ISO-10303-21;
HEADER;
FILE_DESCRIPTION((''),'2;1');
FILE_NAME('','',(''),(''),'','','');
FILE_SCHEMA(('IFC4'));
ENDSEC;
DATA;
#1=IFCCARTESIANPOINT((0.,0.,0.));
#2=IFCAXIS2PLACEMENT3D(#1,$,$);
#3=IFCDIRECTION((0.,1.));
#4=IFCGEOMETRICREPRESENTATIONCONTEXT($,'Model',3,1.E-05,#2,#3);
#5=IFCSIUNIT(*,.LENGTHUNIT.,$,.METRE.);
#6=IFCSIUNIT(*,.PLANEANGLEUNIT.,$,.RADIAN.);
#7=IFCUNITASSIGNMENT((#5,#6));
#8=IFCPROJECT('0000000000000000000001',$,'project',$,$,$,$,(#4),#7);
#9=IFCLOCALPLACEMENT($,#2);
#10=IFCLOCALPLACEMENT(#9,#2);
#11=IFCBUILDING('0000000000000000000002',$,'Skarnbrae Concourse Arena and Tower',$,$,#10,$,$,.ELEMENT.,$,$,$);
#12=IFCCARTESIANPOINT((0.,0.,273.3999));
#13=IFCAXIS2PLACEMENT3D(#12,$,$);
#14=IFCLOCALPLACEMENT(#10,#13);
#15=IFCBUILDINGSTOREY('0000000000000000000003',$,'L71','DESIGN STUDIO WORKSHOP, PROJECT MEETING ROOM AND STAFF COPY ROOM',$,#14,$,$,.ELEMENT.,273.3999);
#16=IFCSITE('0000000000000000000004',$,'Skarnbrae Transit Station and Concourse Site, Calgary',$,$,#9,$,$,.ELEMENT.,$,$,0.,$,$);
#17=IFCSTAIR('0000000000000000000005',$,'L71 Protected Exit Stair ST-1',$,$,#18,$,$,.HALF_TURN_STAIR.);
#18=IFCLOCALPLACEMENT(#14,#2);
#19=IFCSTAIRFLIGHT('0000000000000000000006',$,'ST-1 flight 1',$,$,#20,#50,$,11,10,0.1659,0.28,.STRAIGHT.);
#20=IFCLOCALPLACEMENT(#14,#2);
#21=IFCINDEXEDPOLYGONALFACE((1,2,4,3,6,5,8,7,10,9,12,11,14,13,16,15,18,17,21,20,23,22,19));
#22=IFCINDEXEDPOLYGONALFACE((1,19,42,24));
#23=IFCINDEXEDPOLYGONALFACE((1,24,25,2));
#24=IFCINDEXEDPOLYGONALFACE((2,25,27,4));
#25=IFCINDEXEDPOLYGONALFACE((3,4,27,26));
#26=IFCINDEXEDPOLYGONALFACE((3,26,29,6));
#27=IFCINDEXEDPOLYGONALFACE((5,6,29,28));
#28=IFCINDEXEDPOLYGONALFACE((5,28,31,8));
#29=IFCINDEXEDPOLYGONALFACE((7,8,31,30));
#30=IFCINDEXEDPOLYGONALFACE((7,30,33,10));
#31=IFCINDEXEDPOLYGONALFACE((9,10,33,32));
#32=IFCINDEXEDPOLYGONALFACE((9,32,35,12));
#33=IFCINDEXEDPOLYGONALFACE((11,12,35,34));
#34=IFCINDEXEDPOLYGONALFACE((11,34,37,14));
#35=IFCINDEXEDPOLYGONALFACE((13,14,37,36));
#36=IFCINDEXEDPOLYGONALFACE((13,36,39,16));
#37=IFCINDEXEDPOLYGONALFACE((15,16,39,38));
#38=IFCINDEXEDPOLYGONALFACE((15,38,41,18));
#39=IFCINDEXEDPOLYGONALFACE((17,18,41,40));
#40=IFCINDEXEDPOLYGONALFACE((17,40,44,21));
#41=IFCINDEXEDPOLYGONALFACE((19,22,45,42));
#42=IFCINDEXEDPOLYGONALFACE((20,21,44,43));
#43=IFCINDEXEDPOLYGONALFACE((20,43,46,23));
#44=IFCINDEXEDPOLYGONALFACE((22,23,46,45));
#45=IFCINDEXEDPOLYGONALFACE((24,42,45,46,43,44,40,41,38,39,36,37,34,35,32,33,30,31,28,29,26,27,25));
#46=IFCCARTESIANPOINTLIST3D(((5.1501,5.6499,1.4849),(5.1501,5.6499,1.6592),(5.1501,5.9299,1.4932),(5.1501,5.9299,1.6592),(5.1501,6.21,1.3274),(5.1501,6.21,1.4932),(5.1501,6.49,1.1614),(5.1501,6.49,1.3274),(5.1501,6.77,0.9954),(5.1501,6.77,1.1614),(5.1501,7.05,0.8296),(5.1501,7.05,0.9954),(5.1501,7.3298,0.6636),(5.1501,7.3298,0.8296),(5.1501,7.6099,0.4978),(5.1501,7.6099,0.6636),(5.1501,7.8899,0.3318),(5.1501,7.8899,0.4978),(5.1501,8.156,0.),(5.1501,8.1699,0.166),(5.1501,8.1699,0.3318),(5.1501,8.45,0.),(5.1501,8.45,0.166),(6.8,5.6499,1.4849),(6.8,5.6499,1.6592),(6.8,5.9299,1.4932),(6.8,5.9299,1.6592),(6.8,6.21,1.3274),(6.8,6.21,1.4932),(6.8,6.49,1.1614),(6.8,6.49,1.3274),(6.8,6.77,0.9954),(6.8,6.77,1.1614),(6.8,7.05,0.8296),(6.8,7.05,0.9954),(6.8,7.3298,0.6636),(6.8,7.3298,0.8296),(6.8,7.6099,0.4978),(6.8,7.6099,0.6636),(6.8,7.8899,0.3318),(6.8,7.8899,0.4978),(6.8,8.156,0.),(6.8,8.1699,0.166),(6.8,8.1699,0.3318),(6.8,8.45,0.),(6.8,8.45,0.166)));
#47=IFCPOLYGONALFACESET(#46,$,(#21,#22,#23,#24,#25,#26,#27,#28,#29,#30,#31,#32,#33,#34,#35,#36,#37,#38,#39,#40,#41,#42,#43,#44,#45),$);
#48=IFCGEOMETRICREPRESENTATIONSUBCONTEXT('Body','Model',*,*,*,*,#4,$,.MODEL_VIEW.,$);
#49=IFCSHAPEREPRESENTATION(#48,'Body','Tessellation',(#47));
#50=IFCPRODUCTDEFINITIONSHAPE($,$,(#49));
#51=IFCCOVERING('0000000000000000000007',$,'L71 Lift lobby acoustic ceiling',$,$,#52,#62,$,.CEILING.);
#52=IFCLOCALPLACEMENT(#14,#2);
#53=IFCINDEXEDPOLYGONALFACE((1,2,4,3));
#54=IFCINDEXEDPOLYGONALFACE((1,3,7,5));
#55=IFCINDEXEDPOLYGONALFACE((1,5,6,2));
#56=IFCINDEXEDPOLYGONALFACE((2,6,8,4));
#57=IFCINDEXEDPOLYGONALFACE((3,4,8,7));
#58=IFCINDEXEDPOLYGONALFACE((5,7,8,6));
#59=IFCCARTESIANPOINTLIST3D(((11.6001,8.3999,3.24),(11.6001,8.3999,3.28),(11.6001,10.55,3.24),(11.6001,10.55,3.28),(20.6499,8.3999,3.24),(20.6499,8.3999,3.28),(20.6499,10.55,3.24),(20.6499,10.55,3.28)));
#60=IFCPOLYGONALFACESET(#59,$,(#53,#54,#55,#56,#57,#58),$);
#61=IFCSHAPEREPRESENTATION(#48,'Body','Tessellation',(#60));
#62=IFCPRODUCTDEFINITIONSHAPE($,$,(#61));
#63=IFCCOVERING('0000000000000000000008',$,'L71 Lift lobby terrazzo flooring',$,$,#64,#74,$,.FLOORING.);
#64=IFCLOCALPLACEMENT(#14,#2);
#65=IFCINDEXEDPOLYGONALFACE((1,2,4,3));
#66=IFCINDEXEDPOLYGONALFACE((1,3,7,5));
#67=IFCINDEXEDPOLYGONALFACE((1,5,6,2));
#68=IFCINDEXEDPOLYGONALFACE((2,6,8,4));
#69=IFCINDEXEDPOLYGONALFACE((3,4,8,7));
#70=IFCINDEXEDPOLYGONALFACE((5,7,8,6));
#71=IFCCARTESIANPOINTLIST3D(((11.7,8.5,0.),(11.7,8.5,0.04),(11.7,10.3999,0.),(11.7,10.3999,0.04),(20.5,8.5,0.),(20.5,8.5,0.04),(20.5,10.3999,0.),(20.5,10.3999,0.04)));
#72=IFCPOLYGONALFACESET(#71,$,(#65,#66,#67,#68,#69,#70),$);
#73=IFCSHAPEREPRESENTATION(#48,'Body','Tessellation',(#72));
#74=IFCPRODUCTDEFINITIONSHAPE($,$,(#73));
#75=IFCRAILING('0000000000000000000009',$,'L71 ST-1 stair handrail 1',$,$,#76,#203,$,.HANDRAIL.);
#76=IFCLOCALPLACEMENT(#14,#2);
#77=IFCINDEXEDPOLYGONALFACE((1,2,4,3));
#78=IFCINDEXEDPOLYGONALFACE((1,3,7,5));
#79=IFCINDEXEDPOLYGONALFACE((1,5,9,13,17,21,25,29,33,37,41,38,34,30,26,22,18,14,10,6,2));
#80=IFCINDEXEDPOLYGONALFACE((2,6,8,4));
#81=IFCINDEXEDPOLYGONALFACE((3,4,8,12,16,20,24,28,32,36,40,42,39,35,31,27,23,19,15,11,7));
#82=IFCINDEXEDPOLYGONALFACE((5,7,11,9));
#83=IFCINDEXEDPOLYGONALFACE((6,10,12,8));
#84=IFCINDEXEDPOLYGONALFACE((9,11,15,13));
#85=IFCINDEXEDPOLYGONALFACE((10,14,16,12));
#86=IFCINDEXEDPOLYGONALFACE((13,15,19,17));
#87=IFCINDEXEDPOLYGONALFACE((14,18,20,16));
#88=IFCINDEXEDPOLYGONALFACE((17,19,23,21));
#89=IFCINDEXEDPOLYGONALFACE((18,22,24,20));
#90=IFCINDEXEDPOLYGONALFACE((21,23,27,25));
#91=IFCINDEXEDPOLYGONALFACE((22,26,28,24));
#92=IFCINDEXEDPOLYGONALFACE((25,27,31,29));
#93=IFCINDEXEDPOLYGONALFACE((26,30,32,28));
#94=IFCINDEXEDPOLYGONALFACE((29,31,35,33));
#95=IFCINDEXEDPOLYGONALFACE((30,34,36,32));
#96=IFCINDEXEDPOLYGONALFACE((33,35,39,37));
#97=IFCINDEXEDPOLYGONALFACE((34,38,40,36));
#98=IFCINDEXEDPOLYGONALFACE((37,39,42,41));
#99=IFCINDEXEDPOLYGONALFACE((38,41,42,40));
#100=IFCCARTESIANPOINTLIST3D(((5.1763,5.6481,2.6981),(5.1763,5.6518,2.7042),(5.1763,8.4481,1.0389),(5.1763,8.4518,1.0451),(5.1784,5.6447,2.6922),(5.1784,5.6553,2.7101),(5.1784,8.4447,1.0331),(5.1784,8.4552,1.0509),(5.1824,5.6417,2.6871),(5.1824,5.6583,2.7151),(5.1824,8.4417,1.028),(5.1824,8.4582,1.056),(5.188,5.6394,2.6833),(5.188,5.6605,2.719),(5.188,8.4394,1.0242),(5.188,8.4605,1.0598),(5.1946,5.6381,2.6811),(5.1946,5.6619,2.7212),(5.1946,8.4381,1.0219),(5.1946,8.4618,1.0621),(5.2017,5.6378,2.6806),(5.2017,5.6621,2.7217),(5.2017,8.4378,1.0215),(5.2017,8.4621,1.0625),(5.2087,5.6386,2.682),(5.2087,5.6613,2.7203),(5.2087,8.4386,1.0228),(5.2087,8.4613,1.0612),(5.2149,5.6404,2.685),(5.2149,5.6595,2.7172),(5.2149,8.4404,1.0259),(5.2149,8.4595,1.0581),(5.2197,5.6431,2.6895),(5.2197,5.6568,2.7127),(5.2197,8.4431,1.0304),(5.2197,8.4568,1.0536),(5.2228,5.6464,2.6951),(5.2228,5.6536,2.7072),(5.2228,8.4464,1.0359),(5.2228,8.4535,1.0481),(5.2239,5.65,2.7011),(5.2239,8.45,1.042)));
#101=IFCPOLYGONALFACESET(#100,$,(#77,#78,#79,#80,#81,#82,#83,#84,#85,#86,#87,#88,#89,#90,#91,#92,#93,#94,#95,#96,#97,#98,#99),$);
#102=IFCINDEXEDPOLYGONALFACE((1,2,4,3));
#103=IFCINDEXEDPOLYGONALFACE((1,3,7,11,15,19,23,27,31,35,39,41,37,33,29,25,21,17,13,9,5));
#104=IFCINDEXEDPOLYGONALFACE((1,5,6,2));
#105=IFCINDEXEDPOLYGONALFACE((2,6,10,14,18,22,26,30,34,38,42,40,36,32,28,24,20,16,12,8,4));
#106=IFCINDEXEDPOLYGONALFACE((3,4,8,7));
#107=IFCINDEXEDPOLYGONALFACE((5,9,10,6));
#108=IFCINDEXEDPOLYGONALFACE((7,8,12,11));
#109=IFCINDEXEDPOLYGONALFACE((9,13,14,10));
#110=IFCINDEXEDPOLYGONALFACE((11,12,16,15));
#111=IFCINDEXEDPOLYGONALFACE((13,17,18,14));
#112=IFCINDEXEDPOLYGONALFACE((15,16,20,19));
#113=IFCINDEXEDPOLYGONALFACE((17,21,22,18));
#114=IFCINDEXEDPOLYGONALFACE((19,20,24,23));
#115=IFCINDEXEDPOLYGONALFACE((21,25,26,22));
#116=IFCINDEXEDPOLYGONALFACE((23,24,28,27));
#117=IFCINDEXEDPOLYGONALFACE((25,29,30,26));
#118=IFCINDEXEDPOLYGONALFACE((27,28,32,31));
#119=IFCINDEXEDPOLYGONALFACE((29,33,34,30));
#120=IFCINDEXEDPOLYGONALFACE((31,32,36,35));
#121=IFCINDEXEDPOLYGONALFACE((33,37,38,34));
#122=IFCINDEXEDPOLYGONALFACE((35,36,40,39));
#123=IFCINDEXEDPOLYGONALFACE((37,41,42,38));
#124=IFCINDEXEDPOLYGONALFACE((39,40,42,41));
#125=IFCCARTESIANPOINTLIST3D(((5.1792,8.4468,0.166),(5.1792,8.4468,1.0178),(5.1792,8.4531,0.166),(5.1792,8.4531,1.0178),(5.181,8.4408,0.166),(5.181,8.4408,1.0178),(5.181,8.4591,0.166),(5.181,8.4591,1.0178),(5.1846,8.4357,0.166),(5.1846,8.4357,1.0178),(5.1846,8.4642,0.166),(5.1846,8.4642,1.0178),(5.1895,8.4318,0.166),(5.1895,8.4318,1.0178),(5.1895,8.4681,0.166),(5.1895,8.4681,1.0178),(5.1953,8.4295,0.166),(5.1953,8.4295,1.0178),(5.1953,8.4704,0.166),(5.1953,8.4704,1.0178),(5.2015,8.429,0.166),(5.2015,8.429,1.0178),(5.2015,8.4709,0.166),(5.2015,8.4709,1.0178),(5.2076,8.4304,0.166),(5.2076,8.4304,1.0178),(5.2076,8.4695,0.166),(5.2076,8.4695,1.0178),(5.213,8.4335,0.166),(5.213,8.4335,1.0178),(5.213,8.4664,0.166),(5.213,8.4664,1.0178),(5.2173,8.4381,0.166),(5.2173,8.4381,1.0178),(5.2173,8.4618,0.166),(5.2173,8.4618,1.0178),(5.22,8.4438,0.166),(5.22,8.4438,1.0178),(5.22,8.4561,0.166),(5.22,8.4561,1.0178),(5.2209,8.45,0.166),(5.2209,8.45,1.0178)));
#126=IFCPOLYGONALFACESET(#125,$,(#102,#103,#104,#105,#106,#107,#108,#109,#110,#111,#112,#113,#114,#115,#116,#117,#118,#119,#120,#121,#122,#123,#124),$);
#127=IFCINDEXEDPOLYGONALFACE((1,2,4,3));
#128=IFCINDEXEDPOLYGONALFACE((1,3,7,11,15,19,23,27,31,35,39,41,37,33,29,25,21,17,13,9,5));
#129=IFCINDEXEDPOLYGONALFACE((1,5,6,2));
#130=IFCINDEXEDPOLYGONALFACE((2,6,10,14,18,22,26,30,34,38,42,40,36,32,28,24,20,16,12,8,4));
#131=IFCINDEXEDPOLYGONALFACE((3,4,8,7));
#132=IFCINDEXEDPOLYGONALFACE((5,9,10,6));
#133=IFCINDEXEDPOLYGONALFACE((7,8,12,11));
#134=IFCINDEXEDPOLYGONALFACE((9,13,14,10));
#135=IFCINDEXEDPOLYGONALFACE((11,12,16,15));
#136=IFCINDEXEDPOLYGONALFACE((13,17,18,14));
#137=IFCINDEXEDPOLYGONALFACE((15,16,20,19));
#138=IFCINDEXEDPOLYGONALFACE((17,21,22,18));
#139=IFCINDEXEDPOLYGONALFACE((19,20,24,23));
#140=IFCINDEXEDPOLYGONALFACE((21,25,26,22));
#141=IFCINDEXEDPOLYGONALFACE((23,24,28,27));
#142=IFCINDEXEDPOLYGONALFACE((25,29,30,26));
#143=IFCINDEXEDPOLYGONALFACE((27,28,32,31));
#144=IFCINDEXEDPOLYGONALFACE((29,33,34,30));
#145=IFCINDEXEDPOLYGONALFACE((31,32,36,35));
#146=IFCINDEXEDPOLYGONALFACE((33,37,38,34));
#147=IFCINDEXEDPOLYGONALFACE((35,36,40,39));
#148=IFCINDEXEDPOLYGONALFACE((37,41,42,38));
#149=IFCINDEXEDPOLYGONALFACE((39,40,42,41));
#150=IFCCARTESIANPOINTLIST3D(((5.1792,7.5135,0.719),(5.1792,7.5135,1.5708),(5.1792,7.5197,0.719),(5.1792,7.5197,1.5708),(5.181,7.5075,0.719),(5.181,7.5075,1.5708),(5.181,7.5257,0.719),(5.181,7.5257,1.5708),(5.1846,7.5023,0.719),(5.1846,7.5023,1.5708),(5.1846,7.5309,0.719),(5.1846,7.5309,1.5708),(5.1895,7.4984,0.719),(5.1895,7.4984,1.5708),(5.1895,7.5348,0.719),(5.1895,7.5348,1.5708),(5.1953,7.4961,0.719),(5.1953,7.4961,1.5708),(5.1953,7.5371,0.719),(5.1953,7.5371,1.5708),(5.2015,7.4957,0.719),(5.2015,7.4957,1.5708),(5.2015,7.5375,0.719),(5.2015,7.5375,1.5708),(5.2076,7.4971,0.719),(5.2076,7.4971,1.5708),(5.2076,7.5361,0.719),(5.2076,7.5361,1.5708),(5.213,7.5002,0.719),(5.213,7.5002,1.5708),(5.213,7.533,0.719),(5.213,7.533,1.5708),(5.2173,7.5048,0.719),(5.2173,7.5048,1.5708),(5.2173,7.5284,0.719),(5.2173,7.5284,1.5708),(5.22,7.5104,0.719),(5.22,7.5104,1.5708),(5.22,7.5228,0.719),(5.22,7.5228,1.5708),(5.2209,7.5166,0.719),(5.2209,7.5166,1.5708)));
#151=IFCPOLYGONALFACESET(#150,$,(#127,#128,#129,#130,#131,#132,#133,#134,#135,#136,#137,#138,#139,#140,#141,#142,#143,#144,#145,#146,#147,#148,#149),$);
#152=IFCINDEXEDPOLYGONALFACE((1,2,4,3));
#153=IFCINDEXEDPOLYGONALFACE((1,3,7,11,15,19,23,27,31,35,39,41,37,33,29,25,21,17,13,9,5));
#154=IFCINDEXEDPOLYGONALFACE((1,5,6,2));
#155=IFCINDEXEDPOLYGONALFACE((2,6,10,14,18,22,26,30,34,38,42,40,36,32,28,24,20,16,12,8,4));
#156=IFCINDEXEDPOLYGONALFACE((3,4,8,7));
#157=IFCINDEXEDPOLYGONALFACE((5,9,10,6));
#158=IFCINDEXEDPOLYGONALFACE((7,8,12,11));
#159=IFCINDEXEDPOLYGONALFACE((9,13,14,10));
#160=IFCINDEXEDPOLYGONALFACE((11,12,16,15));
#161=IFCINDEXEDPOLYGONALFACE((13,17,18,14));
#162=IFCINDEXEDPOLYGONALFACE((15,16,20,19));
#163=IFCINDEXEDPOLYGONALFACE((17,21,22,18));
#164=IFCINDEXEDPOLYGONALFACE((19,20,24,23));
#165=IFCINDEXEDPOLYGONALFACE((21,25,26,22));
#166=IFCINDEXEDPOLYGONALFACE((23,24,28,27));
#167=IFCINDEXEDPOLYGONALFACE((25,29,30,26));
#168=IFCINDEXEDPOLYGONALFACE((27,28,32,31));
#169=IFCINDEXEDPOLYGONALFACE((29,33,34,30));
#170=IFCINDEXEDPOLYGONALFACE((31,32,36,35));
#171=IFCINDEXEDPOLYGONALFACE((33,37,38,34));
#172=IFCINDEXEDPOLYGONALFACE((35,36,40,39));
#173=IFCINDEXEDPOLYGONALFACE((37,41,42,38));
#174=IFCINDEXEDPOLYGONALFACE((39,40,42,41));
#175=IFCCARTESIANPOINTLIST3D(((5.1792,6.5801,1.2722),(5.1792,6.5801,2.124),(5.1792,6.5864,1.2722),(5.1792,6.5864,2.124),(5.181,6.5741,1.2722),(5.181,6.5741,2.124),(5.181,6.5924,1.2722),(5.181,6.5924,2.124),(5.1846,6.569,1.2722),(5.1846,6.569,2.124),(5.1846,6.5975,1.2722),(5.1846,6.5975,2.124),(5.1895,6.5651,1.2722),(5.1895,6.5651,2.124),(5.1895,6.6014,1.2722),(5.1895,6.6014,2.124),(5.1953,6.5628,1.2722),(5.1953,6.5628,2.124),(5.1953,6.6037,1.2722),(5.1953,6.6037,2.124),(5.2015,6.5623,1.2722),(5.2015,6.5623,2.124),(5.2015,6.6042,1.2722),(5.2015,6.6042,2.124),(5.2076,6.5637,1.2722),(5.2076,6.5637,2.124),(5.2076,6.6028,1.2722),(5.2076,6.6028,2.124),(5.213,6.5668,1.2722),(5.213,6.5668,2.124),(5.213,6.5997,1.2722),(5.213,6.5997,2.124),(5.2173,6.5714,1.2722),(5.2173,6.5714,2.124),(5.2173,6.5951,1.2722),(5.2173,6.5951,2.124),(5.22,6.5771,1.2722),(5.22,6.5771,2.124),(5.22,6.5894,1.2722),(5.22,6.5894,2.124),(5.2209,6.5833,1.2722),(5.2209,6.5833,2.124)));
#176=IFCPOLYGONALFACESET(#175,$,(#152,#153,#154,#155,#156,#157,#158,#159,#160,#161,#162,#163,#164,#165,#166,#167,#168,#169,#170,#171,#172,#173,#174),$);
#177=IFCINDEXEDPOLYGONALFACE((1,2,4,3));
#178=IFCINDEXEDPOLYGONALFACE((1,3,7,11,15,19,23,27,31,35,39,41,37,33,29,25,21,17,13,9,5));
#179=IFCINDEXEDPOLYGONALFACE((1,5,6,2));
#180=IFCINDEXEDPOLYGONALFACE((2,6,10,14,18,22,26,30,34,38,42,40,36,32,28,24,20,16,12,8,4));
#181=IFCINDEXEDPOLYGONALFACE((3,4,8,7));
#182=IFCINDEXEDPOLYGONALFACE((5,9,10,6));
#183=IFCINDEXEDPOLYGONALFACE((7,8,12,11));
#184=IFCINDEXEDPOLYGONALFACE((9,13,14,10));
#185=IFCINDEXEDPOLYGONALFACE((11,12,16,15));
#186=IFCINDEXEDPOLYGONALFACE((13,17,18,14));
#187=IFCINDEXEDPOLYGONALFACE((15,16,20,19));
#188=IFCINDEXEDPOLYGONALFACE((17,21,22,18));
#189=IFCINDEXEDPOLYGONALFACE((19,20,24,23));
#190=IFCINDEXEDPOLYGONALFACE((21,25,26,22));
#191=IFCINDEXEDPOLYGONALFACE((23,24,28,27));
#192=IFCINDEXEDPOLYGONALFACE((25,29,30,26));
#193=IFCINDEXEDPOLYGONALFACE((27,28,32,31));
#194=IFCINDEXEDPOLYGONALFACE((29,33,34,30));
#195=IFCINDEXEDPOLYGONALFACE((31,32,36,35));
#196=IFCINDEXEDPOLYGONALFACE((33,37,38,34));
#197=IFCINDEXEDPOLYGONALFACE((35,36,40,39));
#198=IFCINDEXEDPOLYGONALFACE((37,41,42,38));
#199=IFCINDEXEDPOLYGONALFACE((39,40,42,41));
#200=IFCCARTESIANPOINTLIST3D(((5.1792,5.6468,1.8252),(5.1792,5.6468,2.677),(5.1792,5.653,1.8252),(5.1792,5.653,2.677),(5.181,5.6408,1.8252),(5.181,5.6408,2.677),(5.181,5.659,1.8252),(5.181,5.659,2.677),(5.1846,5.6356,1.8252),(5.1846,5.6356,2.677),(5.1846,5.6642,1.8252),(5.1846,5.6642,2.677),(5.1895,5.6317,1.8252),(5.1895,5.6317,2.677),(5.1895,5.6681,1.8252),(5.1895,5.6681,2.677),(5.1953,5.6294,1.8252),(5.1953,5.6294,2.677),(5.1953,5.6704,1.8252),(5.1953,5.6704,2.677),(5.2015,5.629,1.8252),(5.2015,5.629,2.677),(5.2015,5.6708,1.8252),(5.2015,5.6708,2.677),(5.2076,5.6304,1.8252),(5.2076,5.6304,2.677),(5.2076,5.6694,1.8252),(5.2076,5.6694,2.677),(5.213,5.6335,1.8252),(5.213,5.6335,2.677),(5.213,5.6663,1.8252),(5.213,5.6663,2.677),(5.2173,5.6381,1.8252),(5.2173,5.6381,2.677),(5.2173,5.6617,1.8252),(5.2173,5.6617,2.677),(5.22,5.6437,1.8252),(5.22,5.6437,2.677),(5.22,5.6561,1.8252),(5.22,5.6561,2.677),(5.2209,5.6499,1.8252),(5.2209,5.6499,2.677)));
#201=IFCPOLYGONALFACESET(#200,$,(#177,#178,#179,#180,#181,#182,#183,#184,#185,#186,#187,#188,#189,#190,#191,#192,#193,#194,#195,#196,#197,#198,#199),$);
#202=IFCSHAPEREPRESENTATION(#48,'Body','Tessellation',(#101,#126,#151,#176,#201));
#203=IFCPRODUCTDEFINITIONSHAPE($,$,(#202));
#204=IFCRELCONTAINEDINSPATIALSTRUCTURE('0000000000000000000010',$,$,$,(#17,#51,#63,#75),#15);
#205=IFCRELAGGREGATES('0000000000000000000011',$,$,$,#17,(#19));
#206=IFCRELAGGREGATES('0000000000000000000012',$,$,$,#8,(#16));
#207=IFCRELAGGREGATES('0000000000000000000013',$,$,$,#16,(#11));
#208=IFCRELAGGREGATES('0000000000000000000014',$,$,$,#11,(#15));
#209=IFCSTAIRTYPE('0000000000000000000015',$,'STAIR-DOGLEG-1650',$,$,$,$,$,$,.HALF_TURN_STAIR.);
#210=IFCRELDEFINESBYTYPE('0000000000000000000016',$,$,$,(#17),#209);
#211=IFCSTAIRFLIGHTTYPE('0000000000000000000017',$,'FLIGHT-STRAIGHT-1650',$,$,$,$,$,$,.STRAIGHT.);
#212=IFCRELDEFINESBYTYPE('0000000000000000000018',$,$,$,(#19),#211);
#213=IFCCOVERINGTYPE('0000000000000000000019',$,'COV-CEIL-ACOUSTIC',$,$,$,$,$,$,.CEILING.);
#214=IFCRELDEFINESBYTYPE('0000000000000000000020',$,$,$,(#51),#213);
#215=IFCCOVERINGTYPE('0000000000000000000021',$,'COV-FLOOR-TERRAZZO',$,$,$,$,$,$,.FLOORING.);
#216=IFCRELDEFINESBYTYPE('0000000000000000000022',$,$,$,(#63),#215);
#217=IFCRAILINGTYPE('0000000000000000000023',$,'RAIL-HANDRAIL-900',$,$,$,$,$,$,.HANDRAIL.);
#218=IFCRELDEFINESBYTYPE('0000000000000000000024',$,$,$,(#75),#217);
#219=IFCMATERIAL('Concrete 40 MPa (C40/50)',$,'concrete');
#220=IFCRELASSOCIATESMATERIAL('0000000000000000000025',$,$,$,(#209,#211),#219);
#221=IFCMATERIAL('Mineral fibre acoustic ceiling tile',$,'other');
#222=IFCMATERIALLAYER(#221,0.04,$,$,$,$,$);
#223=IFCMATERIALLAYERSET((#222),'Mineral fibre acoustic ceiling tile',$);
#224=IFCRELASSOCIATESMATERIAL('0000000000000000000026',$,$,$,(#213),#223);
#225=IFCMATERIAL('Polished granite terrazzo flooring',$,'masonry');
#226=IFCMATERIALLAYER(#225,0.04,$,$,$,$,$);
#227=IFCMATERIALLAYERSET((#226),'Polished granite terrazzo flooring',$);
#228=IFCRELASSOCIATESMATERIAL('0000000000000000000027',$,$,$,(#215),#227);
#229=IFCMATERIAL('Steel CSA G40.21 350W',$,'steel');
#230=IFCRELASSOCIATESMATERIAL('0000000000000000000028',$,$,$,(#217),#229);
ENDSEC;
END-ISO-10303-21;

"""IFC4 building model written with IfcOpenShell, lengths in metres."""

from ifc_helpers import new_model, si_unit, direction, frame, origin, origin_2d, place, context, subcontext, project, spatial, polyline, circle, outline, extrude, source, transform, mapped, material, layer, layer_set, type_object, element, aggregate, save


model = new_model("IFC4")

# Units and contexts
model_context = context("Model", 3, precision=1e-05, world=origin(), true_north=direction((0.0, 1.0)))
body_context = subcontext(model_context, "Body", "Model", "MODEL_VIEW")
ifc_project = project(units=[si_unit("LENGTHUNIT", "METRE"), si_unit("PLANEANGLEUNIT", "RADIAN")], contexts=[model_context])

# Site, building, storey
site_placement = place(None, origin())
site = spatial("IfcSite", under=ifc_project, at=site_placement, Name="Skarnbrae Transit Station and Concourse Site, Calgary", CompositionType="ELEMENT", RefElevation=0.0)
building_placement = place(site_placement, origin())
building = spatial("IfcBuilding", under=site, at=building_placement, Name="Skarnbrae Concourse Arena and Tower", CompositionType="ELEMENT")
storey_placement = place(building_placement, frame((0.0, 0.0, 273.3999)))
storey = spatial("IfcBuildingStorey", under=building, at=storey_placement, Name="L71", Description="DESIGN STUDIO WORKSHOP, PROJECT MEETING ROOM AND STAFF COPY ROOM", CompositionType="ELEMENT", Elevation=273.3999)

# Shared definitions
ifc_material_1 = material(Name="Steel CSA G40.21 350W", Category="steel")

# Stair
ifc_material_2 = material(Name="Concrete 40 MPa (C40/50)", Category="concrete")
stair_type = type_object("IfcStairType", Name="STAIR-DOGLEG-1650", PredefinedType="HALF_TURN_STAIR", material=ifc_material_2)
stair_1_placement = place(storey_placement, origin())
stair_1 = element("IfcStair", 1, at=stair_1_placement, inside=storey, type_object=stair_type, Name="L71 Protected Exit Stair ST-1", PredefinedType="HALF_TURN_STAIR")

# Stair flight
stair_flight_type = type_object("IfcStairFlightType", Name="FLIGHT-STRAIGHT-1650", PredefinedType="STRAIGHT", material=ifc_material_2)
shared_shape_1 = source(origin(), body_context, "Body", "SweptSolid", [
    extrude(outline(polyline([(0.0, 0.0), (0.0, 0.166), (0.28, 0.166), (0.28, 0.3318), (0.5601, 0.3318), (0.5601, 0.4978), (0.8401, 0.4978), (0.8401, 0.6636), (1.1201, 0.6636), (1.1201, 0.8296), (1.3999, 0.8296), (1.3999, 0.9954), (1.6799, 0.9954), (1.6799, 1.1614), (1.96, 1.1614), (1.96, 1.3274), (2.24, 1.3274), (2.24, 1.4932), (2.52, 1.4932), (2.52, 1.6592), (2.8, 1.6592), (2.8, 1.825), (2.8, 1.4849), (0.2939, 0.0), (0.0, 0.0)])), frame((0.0, 0.825, 0.0), z_axis=(0.0, -1.0, 0.0), x_axis=(1.0, 0.0, 0.0)), (0.0, 0.0, 1.0), 1.6499),
])
stair_flight_placement = place(storey_placement, frame((5.9751, 8.45, 0.0), z_axis=(0.0, 0.0, 1.0), x_axis=(0.0, -1.0, 0.0)))
stair_flight = element("IfcStairFlight", 2, at=stair_flight_placement, type_object=stair_flight_type, Name="ST-1 flight 1", NumberOfRisers=11, NumberOfTreads=10, PredefinedType="STRAIGHT", RiserHeight=0.1659, TreadLength=0.28, context=body_context, shape_type="MappedRepresentation", body=[
    mapped(shared_shape_1, transform((0.0, 0.0, 0.0))),
])
aggregate(stair_1, [stair_flight])

# Coverings
ifc_material_3 = material(Name="Mineral fibre acoustic ceiling tile", Category="other")
ifc_layer_1 = layer(ifc_material_3, 0.04)
ifc_layer_set_1 = layer_set([ifc_layer_1], Name="Mineral fibre acoustic ceiling tile")
covering_type_1 = type_object("IfcCoveringType", Name="COV-CEIL-ACOUSTIC", PredefinedType="CEILING", material=ifc_layer_set_1)
covering_1_placement = place(storey_placement, frame((0.0, 0.0, 3.24)))
element("IfcCovering", 3, at=covering_1_placement, inside=storey, type_object=covering_type_1, Name="L71 Lift lobby acoustic ceiling", PredefinedType="CEILING", context=body_context, shape_type="SweptSolid", body=[
    extrude(outline(polyline([(11.6001, 8.3999), (20.6499, 8.3999), (20.6499, 10.55), (11.6001, 10.55), (11.6001, 8.3999)])), origin(), (0.0, 0.0, 1.0), 0.04),
])
ifc_material_4 = material(Name="Polished granite terrazzo flooring", Category="masonry")
ifc_layer_2 = layer(ifc_material_4, 0.04)
ifc_layer_set_2 = layer_set([ifc_layer_2], Name="Polished granite terrazzo flooring")
covering_type_2 = type_object("IfcCoveringType", Name="COV-FLOOR-TERRAZZO", PredefinedType="FLOORING", material=ifc_layer_set_2)
covering_2_placement = place(storey_placement, origin())
element("IfcCovering", 4, at=covering_2_placement, inside=storey, type_object=covering_type_2, Name="L71 Lift lobby terrazzo flooring", PredefinedType="FLOORING", context=body_context, shape_type="SweptSolid", body=[
    extrude(outline(polyline([(11.7, 8.5), (20.5, 8.5), (20.5, 10.3999), (11.7, 10.3999), (11.7, 8.5)])), origin(), (0.0, 0.0, 1.0), 0.04),
])

# Railing
railing_type = type_object("IfcRailingType", Name="RAIL-HANDRAIL-900", PredefinedType="HANDRAIL", material=ifc_material_1)
railing_placement = place(storey_placement, frame((5.2, 8.45, 0.166)))
element("IfcRailing", 5, at=railing_placement, inside=storey, type_object=railing_type, Name="L71 ST-1 stair handrail 1", PredefinedType="HANDRAIL", context=body_context, shape_type="SweptSolid", body=[
    extrude(circle(Radius=0.0239, at=origin_2d()), frame((0.0, 0.0, 0.876), z_axis=(0.0, -0.860306, 0.509778), x_axis=(1.0, 0.0, 0.0)), (0.0, 0.0, 1.0), 3.2546),
    extrude(circle(Radius=0.021, at=origin_2d()), origin(), (0.0, 0.0, 1.0), 0.8518),
    extrude(circle(Radius=0.021, at=origin_2d()), frame((0.0, -0.9333, 0.553)), (0.0, 0.0, 1.0), 0.8518),
    extrude(circle(Radius=0.021, at=origin_2d()), frame((0.0, -1.8667, 1.1062)), (0.0, 0.0, 1.0), 0.8518),
    extrude(circle(Radius=0.021, at=origin_2d()), frame((0.0, -2.8, 1.6592)), (0.0, 0.0, 1.0), 0.8518),
])

save(model, "model.ifc")
